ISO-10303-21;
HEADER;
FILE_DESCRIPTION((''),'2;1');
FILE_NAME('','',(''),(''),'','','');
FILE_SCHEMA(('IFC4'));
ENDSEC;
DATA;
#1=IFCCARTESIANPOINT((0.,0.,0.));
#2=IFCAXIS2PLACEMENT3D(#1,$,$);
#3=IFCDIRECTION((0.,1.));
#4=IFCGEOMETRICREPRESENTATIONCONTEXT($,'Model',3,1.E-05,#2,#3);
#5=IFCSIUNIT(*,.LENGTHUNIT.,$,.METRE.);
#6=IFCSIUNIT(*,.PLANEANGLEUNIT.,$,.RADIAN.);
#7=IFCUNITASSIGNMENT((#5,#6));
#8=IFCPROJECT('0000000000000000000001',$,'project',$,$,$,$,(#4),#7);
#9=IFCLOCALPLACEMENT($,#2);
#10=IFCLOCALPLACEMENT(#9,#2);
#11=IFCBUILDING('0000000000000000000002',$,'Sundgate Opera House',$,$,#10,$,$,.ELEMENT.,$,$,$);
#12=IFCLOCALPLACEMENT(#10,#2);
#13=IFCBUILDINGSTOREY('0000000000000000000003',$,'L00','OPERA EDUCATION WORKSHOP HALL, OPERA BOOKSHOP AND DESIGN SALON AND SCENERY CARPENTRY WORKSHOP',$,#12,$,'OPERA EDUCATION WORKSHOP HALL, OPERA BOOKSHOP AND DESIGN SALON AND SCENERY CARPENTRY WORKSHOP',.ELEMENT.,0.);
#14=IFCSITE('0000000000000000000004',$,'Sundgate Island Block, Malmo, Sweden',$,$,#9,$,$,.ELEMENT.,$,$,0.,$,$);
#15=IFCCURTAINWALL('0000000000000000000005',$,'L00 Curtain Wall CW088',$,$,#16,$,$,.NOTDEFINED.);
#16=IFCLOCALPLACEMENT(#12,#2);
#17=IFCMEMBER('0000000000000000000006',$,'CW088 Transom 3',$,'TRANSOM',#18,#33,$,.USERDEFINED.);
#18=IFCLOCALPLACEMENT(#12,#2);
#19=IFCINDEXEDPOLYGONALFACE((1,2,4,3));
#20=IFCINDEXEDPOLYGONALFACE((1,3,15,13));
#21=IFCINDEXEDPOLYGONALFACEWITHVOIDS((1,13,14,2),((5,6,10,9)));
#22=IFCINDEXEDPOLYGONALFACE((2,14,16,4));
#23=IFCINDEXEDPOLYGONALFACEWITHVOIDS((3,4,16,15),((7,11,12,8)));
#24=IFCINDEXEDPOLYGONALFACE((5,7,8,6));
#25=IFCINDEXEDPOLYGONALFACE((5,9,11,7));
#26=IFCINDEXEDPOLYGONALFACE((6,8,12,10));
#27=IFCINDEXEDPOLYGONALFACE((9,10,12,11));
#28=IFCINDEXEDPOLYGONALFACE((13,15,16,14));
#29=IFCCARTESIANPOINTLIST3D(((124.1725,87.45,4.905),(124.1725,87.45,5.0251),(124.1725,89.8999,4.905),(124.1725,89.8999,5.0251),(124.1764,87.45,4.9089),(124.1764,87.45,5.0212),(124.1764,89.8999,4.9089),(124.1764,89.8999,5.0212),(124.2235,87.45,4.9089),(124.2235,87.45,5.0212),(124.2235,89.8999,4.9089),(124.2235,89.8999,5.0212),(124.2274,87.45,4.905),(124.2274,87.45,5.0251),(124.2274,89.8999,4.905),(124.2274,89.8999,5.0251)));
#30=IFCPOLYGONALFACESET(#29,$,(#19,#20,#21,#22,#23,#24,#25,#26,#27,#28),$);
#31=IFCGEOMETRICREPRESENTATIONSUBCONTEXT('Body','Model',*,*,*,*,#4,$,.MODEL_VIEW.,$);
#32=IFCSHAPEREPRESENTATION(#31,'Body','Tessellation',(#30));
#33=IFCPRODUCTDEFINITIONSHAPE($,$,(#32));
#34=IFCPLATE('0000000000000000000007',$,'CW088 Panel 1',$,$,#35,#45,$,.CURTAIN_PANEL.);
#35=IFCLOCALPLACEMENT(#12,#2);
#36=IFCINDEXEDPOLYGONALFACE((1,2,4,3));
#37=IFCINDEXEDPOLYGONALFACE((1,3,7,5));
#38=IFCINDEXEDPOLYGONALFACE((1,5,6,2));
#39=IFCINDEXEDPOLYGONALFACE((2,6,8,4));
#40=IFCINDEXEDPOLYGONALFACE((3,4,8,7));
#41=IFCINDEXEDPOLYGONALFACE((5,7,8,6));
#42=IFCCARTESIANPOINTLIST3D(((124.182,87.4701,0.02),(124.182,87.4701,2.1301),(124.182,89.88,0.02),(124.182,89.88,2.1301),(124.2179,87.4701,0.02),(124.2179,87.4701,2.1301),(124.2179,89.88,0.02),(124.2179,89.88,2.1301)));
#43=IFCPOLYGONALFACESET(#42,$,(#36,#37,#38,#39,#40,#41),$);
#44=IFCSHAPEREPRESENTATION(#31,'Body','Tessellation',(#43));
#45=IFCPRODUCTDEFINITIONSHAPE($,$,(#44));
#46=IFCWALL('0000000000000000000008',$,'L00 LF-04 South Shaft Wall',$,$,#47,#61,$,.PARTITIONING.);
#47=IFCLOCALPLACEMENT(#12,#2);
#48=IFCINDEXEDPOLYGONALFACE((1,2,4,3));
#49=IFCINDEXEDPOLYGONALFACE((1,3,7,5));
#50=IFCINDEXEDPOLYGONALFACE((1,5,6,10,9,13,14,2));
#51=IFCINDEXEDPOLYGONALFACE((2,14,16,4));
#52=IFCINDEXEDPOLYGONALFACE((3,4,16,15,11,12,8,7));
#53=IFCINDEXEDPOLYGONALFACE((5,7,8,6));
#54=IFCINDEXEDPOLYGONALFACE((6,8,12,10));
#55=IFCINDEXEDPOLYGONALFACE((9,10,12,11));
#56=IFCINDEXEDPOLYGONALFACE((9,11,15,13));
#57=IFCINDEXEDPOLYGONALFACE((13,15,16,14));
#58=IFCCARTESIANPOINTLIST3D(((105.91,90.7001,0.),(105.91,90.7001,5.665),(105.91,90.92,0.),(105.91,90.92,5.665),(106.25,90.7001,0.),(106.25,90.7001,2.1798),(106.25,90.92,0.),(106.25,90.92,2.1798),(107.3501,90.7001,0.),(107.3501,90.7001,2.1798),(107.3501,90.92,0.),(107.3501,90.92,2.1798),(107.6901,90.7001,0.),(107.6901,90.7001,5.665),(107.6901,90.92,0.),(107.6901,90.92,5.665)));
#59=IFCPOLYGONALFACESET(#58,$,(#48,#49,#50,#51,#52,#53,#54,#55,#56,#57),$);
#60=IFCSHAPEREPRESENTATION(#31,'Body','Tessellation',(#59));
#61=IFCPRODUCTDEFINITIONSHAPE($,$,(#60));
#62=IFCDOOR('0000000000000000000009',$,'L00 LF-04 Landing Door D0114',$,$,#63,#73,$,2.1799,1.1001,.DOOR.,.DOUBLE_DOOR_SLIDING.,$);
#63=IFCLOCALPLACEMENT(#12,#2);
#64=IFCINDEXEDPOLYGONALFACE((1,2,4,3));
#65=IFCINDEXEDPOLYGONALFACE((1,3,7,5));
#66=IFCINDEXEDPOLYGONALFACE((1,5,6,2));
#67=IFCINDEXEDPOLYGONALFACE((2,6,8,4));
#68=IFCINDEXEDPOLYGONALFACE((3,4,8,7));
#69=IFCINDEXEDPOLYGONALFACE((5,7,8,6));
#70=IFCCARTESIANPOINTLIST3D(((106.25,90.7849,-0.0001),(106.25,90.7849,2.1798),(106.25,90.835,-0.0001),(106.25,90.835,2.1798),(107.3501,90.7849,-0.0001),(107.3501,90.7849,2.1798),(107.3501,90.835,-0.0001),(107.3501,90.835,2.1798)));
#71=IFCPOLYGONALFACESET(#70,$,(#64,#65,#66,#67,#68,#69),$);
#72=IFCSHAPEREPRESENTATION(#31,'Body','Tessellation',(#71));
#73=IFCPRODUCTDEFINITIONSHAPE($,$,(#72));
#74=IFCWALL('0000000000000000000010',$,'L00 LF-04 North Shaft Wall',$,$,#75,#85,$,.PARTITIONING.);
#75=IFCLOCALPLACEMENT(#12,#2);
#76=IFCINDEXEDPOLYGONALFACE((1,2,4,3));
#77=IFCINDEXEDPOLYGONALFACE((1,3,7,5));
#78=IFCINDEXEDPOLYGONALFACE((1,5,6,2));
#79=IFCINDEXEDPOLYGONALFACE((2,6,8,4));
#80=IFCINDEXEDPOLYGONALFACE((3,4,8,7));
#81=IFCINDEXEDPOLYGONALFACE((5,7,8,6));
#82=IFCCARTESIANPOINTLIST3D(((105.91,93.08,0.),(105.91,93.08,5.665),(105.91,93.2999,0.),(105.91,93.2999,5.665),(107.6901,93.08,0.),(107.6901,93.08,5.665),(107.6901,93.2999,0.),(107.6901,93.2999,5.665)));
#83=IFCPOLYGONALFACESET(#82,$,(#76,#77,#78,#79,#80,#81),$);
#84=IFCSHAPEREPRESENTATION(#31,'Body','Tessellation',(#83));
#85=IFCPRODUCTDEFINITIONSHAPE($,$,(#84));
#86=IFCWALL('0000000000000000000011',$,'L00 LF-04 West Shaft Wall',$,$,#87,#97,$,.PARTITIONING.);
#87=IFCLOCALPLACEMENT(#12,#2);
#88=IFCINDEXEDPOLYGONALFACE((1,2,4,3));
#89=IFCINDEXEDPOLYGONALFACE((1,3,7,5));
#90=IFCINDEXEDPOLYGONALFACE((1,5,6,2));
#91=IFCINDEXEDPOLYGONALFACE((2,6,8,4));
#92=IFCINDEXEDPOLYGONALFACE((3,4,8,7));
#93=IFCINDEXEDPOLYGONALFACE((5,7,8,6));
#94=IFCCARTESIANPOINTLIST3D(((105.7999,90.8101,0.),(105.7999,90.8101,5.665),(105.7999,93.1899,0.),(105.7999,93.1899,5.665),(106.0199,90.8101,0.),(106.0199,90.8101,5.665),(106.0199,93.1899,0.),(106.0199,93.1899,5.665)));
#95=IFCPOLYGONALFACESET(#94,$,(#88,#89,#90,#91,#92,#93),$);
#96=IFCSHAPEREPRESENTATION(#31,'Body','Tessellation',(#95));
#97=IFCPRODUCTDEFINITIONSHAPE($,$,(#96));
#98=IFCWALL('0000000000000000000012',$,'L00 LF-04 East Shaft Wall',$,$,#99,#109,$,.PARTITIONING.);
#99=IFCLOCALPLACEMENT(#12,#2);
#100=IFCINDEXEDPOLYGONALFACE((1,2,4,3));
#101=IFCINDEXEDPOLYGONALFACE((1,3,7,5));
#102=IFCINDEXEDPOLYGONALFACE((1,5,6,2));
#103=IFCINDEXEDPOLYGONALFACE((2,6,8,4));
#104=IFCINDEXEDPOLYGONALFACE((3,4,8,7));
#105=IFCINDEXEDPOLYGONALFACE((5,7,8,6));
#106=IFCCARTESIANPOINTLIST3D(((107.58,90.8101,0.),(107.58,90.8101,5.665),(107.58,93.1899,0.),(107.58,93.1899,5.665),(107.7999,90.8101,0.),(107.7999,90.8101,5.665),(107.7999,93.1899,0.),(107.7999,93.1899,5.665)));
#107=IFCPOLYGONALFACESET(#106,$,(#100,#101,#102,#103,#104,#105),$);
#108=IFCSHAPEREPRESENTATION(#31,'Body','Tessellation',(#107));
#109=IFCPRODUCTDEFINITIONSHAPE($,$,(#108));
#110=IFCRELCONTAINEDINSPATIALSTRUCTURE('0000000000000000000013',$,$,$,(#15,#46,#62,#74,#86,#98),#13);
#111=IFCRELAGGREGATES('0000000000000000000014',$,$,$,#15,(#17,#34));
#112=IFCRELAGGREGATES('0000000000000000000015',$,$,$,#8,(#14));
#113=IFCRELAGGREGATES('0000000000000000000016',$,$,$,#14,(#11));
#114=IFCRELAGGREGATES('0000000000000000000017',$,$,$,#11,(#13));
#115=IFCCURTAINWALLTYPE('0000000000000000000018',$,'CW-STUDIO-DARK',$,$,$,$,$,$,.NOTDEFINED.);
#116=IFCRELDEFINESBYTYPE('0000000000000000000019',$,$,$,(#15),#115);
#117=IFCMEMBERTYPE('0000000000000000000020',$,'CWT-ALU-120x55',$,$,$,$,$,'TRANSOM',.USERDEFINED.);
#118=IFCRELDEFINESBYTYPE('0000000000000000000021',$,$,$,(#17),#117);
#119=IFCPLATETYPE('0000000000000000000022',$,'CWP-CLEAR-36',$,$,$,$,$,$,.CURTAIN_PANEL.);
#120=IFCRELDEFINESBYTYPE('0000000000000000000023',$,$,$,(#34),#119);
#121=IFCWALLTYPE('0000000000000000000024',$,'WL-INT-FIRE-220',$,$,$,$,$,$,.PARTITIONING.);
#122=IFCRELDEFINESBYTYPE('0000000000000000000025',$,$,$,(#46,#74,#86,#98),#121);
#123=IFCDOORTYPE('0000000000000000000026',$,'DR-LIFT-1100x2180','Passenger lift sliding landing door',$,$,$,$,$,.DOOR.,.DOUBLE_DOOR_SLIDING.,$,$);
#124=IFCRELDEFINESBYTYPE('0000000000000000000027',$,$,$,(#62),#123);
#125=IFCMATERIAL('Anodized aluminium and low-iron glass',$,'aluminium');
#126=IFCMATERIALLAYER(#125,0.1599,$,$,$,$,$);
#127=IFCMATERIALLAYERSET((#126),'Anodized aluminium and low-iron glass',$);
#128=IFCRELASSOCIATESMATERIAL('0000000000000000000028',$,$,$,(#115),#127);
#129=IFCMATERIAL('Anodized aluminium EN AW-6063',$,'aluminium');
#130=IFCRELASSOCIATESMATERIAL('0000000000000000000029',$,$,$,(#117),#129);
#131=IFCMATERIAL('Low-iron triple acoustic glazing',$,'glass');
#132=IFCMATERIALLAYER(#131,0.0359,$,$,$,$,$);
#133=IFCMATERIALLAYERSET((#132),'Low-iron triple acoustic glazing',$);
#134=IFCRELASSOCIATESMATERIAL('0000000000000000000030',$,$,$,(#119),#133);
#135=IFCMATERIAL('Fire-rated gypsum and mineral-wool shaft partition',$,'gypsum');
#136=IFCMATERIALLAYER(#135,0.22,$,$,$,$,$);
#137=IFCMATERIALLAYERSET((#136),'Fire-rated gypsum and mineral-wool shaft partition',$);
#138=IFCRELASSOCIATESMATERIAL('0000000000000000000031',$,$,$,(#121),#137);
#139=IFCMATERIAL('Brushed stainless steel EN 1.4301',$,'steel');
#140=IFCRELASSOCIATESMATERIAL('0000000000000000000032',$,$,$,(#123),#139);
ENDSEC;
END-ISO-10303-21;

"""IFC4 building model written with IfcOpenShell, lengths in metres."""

from ifc_helpers import new_model, si_unit, direction, frame, frame_2d, origin, origin_2d, place, context, subcontext, project, spatial, rectangle, hollow_rectangle, extrude, material, layer, layer_set, material_profile, profile_set, type_object, element, fill, aggregate, save


model = new_model("IFC4")

# Units and contexts
model_context = context("Model", 3, precision=1e-05, world=origin(), true_north=direction((0.0, 1.0)))
body_context = subcontext(model_context, "Body", "Model", "MODEL_VIEW")
ifc_project = project(units=[si_unit("LENGTHUNIT", "METRE"), si_unit("PLANEANGLEUNIT", "RADIAN")], contexts=[model_context])

# Site, building, storey
site_placement = place(None, origin())
site = spatial("IfcSite", under=ifc_project, at=site_placement, Name="Sundgate Island Block, Malmo, Sweden", CompositionType="ELEMENT", RefElevation=0.0)
building_placement = place(site_placement, origin())
building = spatial("IfcBuilding", under=site, at=building_placement, Name="Sundgate Opera House", CompositionType="ELEMENT")
storey_placement = place(building_placement, origin())
storey = spatial("IfcBuildingStorey", under=building, at=storey_placement, Name="L00", Description="OPERA EDUCATION WORKSHOP HALL, OPERA BOOKSHOP AND DESIGN SALON AND SCENERY CARPENTRY WORKSHOP", LongName="OPERA EDUCATION WORKSHOP HALL, OPERA BOOKSHOP AND DESIGN SALON AND SCENERY CARPENTRY WORKSHOP", CompositionType="ELEMENT", Elevation=0.0)

# Curtain wall, member, plate
ifc_material_1 = material(Name="Anodized aluminium and low-iron glass", Category="aluminium")
ifc_layer_1 = layer(ifc_material_1, 0.1599)
ifc_layer_set_1 = layer_set([ifc_layer_1], Name="Anodized aluminium and low-iron glass")
curtain_wall_type = type_object("IfcCurtainWallType", Name="CW-STUDIO-DARK", PredefinedType="NOTDEFINED", material=ifc_layer_set_1)
curtain_wall_placement = place(storey_placement, origin())
curtain_wall = element("IfcCurtainWall", 1, at=curtain_wall_placement, inside=storey, type_object=curtain_wall_type, Name="L00 Curtain Wall CW088", PredefinedType="NOTDEFINED")
ifc_material_2 = material(Name="Anodized aluminium EN AW-6063", Category="aluminium")
ifc_material_profile_1 = material_profile(ifc_material_2, hollow_rectangle(XDim=0.0549, YDim=0.1201, WallThickness=0.0039, at=origin_2d()), Name="CWT 120x55x4")
ifc_profile_set_1 = profile_set([ifc_material_profile_1], Name="Anodized aluminium EN AW-6063")
member_type_1 = type_object("IfcMemberType", Name="CWT-ALU-120x55", ElementType="TRANSOM", PredefinedType="USERDEFINED", material=ifc_profile_set_1)
member_1_placement = place(storey_placement, frame((124.2, 87.45, 4.9651), z_axis=(0.0, 1.0, 0.0), x_axis=(-1.0, 0.0, 0.0)))
member_1 = element("IfcMember", 2, at=member_1_placement, type_object=member_type_1, Name="CW088 Transom 3", ObjectType="TRANSOM", PredefinedType="USERDEFINED", context=body_context, shape_type="SweptSolid", body=[
    extrude(hollow_rectangle(XDim=0.0549, YDim=0.1201, WallThickness=0.0039, at=origin_2d()), origin(), (0.0, 0.0, 1.0), 2.45),
])
ifc_material_3 = material(Name="Low-iron triple acoustic glazing", Category="glass")
ifc_layer_2 = layer(ifc_material_3, 0.0359)
ifc_layer_set_2 = layer_set([ifc_layer_2], Name="Low-iron triple acoustic glazing")
plate_type = type_object("IfcPlateType", Name="CWP-CLEAR-36", PredefinedType="CURTAIN_PANEL", material=ifc_layer_set_2)
plate_placement = place(storey_placement, frame((124.2, 88.675, 0.02), z_axis=(0.0, 0.0, 1.0), x_axis=(0.0, 1.0, 0.0)))
plate = element("IfcPlate", 3, at=plate_placement, type_object=plate_type, Name="CW088 Panel 1", PredefinedType="CURTAIN_PANEL", context=body_context, shape_type="SweptSolid", body=[
    extrude(rectangle(XDim=2.4099, YDim=0.0359, at=origin_2d()), origin(), (0.0, 0.0, 1.0), 2.1101),
])
aggregate(curtain_wall, [member_1, plate])

# Wall, opening, door
ifc_material_4 = material(Name="Fire-rated gypsum and mineral-wool shaft partition", Category="gypsum")
ifc_layer_3 = layer(ifc_material_4, 0.22)
ifc_layer_set_3 = layer_set([ifc_layer_3], Name="Fire-rated gypsum and mineral-wool shaft partition")
wall_type = type_object("IfcWallType", Name="WL-INT-FIRE-220", PredefinedType="PARTITIONING", material=ifc_layer_set_3)
wall_1_placement = place(storey_placement, frame((105.9099, 90.8101, 0.0), z_axis=(0.0, 0.0, 1.0), x_axis=(1.0, 0.0, 0.0)))
wall_1 = element("IfcWall", 4, at=wall_1_placement, inside=storey, type_object=wall_type, Name="L00 LF-04 South Shaft Wall", PredefinedType="PARTITIONING", context=body_context, shape_type="SweptSolid", body=[
    extrude(rectangle(XDim=1.78, YDim=0.22, at=frame_2d((0.8901, 0.0))), origin(), (0.0, 0.0, 1.0), 5.665),
])
opening_placement = place(wall_1_placement, frame((0.3401, 0.0, 0.0)))
opening = element("IfcOpeningElement", 5, at=opening_placement, cuts=wall_1, PredefinedType="OPENING", context=body_context, shape_type="SweptSolid", body=[
    extrude(rectangle(XDim=1.1001, YDim=2.1799, at=frame_2d((0.55, 1.0898))), frame((0.0, 0.1199, 0.0), z_axis=(0.0, -1.0, 0.0), x_axis=(1.0, 0.0, 0.0)), (0.0, 0.0, 1.0), 0.24),
])
ifc_material_5 = material(Name="Brushed stainless steel EN 1.4301", Category="steel")
door_type = type_object("IfcDoorType", Name="DR-LIFT-1100x2180", Description="Passenger lift sliding landing door", OperationType="DOUBLE_DOOR_SLIDING", PredefinedType="DOOR", material=ifc_material_5)
door_placement = place(opening_placement, origin())
door = element("IfcDoor", 6, at=door_placement, inside=storey, type_object=door_type, Name="L00 LF-04 Landing Door D0114", OperationType="DOUBLE_DOOR_SLIDING", OverallHeight=2.1799, OverallWidth=1.1001, PredefinedType="DOOR", context=body_context, shape_type="SweptSolid", body=[
    extrude(rectangle(XDim=1.1001, YDim=2.1799, at=frame_2d((0.55, 1.0898))), frame((0.0, 0.0249, 0.0), z_axis=(0.0, -1.0, 0.0), x_axis=(1.0, 0.0, 0.0)), (0.0, 0.0, 1.0), 0.05),
])
fill(opening, door)

# Walls
wall_2_placement = place(storey_placement, frame((105.9099, 93.1899, 0.0), z_axis=(0.0, 0.0, 1.0), x_axis=(1.0, 0.0, 0.0)))
element("IfcWall", 7, at=wall_2_placement, inside=storey, type_object=wall_type, Name="L00 LF-04 North Shaft Wall", PredefinedType="PARTITIONING", context=body_context, shape_type="SweptSolid", body=[
    extrude(rectangle(XDim=1.78, YDim=0.22, at=frame_2d((0.8901, 0.0))), origin(), (0.0, 0.0, 1.0), 5.665),
])
for number, where, z_axis, x_axis, name in (
    (8, (105.9099, 90.8101, 0.0), (0.0, 0.0, 1.0), (0.0, 1.0, 0.0), "L00 LF-04 West Shaft Wall"),
    (9, (107.6899, 90.8101, 0.0), (0.0, 0.0, 1.0), (0.0, 1.0, 0.0), "L00 LF-04 East Shaft Wall"),
):
    element("IfcWall", number, at=place(storey_placement, frame(where, z_axis=z_axis, x_axis=x_axis)), inside=storey, type_object=wall_type, Name=name, PredefinedType="PARTITIONING", context=body_context, shape_type="SweptSolid", body=[
        extrude(rectangle(XDim=2.3799, YDim=0.22, at=frame_2d((1.1899, 0.0))), origin(), (0.0, 0.0, 1.0), 5.665),
    ])

save(model, "model.ifc")
